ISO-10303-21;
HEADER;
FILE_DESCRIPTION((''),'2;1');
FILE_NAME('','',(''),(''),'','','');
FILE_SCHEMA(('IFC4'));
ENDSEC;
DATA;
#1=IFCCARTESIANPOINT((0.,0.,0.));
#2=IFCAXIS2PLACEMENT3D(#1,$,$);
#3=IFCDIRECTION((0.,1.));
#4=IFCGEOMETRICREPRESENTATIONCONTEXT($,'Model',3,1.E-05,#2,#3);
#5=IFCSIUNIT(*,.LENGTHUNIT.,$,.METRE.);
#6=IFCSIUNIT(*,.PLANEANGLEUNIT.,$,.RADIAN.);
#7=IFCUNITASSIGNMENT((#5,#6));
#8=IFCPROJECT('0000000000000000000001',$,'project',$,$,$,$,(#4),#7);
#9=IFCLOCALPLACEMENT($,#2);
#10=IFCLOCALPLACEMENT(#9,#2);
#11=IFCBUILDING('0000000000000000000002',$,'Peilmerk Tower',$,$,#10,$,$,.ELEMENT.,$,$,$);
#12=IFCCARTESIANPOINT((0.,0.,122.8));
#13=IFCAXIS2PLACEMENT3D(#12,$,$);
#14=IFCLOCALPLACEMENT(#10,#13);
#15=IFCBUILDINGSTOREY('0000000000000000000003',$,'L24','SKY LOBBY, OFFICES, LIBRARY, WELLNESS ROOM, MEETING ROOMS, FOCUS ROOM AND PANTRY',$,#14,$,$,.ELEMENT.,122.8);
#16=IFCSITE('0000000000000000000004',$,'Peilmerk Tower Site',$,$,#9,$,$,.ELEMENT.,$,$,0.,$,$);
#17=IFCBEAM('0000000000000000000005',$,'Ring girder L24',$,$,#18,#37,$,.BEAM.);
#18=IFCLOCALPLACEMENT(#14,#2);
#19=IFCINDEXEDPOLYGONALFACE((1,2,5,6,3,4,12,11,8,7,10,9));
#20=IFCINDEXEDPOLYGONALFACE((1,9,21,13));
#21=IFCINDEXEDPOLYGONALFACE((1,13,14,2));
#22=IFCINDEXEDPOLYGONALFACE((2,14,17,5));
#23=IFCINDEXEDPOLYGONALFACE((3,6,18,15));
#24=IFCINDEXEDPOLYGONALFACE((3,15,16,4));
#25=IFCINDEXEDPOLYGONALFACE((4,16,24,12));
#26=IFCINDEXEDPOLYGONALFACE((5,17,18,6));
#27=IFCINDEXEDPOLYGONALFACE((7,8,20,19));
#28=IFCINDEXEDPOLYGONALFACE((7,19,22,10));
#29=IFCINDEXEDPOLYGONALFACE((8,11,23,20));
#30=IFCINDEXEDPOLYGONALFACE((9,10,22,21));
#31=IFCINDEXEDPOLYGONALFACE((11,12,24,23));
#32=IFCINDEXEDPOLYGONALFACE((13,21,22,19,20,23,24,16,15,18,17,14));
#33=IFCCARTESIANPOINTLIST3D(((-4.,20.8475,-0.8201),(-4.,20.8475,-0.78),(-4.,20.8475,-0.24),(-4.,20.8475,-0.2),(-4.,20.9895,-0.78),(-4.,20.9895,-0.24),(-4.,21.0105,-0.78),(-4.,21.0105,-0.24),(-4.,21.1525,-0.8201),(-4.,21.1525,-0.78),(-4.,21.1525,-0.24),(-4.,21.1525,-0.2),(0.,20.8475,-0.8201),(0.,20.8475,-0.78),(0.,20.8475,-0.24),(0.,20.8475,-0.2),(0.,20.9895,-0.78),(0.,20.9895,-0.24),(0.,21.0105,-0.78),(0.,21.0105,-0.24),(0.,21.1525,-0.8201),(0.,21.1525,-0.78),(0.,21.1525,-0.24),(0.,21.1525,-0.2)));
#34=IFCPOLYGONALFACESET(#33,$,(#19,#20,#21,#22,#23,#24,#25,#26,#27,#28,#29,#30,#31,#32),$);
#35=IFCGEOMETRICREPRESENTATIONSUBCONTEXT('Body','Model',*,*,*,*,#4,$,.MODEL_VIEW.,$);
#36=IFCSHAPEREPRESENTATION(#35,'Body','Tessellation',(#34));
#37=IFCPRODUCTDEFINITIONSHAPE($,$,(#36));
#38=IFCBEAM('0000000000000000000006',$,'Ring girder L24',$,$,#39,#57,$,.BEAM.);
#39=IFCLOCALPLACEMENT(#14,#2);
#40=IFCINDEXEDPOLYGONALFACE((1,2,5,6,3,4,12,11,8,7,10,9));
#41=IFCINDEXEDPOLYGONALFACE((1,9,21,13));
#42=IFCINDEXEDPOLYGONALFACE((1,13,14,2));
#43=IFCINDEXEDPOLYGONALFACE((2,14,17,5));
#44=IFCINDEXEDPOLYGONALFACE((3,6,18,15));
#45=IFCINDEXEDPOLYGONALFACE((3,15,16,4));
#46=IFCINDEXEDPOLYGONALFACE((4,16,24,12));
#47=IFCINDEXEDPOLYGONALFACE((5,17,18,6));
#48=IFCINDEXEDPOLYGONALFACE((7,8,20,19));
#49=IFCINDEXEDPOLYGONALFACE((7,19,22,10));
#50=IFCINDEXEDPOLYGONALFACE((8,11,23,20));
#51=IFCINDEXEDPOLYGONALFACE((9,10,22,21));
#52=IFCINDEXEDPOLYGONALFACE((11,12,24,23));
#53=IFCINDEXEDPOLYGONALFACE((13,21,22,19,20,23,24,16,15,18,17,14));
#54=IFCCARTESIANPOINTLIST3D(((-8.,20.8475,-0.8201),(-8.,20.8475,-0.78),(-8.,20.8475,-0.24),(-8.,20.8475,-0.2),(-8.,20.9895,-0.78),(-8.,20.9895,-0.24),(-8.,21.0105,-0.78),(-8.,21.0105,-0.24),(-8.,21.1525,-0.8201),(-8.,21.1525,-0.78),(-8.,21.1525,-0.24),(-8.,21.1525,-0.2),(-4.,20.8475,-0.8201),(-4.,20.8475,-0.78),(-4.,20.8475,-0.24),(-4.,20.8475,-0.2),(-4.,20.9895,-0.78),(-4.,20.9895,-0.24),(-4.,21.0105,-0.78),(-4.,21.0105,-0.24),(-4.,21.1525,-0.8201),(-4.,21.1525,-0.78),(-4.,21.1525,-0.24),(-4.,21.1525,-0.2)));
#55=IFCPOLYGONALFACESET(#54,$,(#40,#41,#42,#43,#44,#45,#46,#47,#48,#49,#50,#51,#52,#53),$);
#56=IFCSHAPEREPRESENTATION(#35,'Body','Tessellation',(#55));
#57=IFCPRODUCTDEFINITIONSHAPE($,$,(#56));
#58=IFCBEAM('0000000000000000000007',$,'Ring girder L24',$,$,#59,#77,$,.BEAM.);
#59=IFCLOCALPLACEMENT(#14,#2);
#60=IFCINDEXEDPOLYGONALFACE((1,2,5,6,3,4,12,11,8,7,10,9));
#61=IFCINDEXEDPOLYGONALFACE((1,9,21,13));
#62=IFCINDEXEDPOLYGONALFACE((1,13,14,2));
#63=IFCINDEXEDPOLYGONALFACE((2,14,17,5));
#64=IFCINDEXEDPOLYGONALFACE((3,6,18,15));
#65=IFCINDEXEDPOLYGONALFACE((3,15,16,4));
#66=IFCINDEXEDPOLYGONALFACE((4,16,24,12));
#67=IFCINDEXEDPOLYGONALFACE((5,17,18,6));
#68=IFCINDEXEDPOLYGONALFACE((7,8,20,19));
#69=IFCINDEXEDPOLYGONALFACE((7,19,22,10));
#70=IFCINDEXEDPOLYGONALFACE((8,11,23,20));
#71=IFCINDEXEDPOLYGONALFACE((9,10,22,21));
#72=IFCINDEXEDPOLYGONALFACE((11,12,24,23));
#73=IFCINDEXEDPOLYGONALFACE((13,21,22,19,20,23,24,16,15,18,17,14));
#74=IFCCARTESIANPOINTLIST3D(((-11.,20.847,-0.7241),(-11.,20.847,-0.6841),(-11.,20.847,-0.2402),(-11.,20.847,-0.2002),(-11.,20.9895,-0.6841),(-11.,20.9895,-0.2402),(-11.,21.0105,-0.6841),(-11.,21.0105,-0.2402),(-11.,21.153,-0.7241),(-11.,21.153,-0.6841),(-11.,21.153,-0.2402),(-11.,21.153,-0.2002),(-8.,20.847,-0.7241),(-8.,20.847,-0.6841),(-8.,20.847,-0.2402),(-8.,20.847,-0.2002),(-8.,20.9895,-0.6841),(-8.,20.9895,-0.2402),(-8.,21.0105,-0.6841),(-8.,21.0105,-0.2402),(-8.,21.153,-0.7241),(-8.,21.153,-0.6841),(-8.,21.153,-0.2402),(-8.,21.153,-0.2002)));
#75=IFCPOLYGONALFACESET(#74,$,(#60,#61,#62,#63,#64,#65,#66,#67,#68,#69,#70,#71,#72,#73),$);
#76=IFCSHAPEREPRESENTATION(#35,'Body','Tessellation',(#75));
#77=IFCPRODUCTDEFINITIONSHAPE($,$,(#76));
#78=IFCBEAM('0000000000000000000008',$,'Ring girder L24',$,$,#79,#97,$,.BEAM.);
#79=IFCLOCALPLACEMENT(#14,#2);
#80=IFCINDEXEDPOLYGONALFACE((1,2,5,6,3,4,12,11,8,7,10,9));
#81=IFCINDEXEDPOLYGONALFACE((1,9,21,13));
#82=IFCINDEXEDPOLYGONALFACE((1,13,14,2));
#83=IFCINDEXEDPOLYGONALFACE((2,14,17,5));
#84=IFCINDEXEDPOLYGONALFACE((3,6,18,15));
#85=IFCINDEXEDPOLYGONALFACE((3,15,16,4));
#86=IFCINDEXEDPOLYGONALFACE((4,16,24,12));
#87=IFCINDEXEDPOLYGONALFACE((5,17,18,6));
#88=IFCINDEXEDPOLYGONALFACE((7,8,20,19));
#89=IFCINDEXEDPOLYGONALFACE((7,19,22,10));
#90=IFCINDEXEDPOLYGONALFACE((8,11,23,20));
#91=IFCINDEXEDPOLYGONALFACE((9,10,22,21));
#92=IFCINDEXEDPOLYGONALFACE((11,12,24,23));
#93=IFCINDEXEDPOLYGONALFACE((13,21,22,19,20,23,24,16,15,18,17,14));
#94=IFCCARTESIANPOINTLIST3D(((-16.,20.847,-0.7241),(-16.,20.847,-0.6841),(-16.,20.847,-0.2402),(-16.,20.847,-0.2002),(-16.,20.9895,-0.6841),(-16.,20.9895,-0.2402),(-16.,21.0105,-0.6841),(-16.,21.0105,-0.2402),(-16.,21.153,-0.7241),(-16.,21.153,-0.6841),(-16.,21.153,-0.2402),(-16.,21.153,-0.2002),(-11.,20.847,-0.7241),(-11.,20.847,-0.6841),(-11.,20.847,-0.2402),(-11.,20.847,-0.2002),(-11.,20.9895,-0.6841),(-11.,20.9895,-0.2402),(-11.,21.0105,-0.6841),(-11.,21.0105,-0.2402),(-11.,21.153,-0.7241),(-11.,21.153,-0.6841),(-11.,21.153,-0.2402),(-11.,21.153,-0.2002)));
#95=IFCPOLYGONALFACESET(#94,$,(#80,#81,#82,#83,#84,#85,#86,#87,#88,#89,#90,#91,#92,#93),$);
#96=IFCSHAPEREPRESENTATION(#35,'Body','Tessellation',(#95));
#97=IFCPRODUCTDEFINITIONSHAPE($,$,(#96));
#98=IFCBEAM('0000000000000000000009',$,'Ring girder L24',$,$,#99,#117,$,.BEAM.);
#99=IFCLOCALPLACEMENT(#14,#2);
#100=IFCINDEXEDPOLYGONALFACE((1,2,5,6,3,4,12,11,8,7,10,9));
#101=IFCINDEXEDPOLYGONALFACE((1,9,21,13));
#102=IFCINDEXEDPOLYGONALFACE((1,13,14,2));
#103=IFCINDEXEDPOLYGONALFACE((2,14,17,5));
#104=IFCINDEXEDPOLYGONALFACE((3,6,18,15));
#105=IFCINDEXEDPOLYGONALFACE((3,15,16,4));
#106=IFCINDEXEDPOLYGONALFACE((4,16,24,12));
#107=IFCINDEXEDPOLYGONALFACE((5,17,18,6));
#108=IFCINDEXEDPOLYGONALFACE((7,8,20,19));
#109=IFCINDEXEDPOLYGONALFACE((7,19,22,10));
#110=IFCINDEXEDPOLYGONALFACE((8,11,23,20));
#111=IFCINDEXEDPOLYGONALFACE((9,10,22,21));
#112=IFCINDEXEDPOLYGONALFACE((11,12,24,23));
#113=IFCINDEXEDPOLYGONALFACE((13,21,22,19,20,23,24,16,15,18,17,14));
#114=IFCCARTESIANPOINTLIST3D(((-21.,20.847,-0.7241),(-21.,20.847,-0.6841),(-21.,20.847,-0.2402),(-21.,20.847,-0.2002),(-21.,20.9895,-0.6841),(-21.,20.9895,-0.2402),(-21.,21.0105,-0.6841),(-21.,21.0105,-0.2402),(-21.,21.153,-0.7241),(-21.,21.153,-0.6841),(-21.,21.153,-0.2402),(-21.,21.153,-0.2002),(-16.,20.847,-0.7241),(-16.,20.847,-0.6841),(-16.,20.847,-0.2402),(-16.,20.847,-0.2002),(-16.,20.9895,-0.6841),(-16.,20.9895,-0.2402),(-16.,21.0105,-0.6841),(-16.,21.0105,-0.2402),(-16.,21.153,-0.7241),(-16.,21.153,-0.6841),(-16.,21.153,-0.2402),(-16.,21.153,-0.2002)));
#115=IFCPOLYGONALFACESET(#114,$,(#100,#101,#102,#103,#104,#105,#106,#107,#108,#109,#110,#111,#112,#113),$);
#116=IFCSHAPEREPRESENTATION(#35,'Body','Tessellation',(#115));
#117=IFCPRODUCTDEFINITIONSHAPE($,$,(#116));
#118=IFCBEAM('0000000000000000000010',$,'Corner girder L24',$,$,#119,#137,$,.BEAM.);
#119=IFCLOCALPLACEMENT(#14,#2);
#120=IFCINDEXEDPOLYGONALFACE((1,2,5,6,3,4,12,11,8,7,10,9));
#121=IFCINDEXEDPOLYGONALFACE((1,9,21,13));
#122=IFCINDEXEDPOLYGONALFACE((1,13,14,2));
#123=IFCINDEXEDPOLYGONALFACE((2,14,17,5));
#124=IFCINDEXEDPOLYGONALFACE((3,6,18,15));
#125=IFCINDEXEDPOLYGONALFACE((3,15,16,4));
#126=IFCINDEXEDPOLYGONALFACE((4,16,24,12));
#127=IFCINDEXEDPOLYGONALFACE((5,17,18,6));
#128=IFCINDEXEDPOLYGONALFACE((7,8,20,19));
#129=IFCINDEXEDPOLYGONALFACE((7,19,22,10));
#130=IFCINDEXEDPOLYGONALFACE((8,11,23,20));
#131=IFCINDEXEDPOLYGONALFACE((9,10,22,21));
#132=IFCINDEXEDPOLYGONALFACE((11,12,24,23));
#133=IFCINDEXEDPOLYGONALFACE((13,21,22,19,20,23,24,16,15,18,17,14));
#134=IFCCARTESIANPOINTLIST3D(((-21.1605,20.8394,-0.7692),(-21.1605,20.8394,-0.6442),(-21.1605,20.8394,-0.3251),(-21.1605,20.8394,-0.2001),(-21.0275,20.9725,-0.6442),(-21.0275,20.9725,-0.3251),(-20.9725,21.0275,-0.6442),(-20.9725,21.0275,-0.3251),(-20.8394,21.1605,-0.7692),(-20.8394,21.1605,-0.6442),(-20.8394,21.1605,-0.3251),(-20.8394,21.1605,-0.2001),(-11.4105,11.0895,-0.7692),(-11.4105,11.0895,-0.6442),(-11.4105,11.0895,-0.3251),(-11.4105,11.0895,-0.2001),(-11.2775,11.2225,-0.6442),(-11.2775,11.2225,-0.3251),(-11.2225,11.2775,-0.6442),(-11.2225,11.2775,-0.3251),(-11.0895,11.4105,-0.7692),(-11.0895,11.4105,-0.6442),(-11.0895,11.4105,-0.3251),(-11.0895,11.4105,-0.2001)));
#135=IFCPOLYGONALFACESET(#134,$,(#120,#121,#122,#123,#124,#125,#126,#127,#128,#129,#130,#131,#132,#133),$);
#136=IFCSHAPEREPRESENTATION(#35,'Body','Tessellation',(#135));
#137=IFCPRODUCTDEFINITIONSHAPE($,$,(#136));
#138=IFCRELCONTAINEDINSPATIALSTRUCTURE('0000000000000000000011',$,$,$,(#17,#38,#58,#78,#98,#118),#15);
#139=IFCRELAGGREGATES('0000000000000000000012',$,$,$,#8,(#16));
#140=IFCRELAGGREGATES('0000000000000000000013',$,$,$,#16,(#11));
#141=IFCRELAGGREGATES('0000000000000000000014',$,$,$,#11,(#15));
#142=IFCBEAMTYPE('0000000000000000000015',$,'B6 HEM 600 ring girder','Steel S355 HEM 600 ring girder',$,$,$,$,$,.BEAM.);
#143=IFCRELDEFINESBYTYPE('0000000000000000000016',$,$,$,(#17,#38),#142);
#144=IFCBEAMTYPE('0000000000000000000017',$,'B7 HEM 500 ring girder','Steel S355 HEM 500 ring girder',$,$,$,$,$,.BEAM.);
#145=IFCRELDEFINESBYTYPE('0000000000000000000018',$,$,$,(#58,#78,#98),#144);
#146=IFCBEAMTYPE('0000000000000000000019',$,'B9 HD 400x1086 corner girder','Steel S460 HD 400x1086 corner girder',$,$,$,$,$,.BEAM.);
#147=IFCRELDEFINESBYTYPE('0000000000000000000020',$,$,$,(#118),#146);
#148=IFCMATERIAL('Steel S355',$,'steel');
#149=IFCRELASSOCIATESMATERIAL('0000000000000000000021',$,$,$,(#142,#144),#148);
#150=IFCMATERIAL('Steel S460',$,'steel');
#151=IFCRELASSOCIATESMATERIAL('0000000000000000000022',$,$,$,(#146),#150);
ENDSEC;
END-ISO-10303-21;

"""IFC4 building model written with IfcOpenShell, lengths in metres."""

from ifc_helpers import new_model, si_unit, direction, frame, origin, origin_2d, place, context, subcontext, project, spatial, i_section, extrude, material, material_profile, profile_set, type_object, element, save


model = new_model("IFC4")

# Units and contexts
model_context = context("Model", 3, precision=1e-05, world=origin(), true_north=direction((0.0, 1.0)))
body_context = subcontext(model_context, "Body", "Model", "MODEL_VIEW")
ifc_project = project(units=[si_unit("LENGTHUNIT", "METRE"), si_unit("PLANEANGLEUNIT", "RADIAN")], contexts=[model_context])

# Site, building, storey
site_placement = place(None, origin())
site = spatial("IfcSite", under=ifc_project, at=site_placement, Name="Peilmerk Tower Site", CompositionType="ELEMENT", RefElevation=0.0)
building_placement = place(site_placement, origin())
building = spatial("IfcBuilding", under=site, at=building_placement, Name="Peilmerk Tower", CompositionType="ELEMENT")
storey_placement = place(building_placement, frame((0.0, 0.0, 122.8)))
storey = spatial("IfcBuildingStorey", under=building, at=storey_placement, Name="L24", Description="SKY LOBBY, OFFICES, LIBRARY, WELLNESS ROOM, MEETING ROOMS, FOCUS ROOM AND PANTRY", CompositionType="ELEMENT", Elevation=122.8)

# Beams
ifc_material_1 = material(Name="Steel S355", Category="steel")
ifc_material_profile_1 = material_profile(ifc_material_1, i_section(OverallWidth=0.3049, OverallDepth=0.6201, WebThickness=0.021, FlangeThickness=0.04, at=origin_2d()), Name="HEM 600")
ifc_profile_set_1 = profile_set([ifc_material_profile_1], Name="Steel S355")
beam_type_1 = type_object("IfcBeamType", Name="B6 HEM 600 ring girder", Description="Steel S355 HEM 600 ring girder", PredefinedType="BEAM", material=ifc_profile_set_1)
for number, where, z_axis, x_axis, name in (
    (1, (0.0, 21.0, -0.51), (-1.0, 0.0, 0.0), (0.0, -1.0, 0.0), "Ring girder L24"),
    (2, (-4.0, 21.0, -0.51), (-1.0, 0.0, 0.0), (0.0, -1.0, 0.0), "Ring girder L24"),
):
    element("IfcBeam", number, at=place(storey_placement, frame(where, z_axis=z_axis, x_axis=x_axis)), inside=storey, type_object=beam_type_1, Name=name, PredefinedType="BEAM", context=body_context, shape_type="SweptSolid", body=[
        extrude(i_section(OverallWidth=0.3049, OverallDepth=0.6201, WebThickness=0.021, FlangeThickness=0.04, at=origin_2d()), origin(), (0.0, 0.0, 1.0), 4.0),
    ])
ifc_material_profile_2 = material_profile(ifc_material_1, i_section(OverallWidth=0.3059, OverallDepth=0.5239, WebThickness=0.021, FlangeThickness=0.04, at=origin_2d()), Name="HEM 500")
ifc_profile_set_2 = profile_set([ifc_material_profile_2], Name="Steel S355")
beam_type_2 = type_object("IfcBeamType", Name="B7 HEM 500 ring girder", Description="Steel S355 HEM 500 ring girder", PredefinedType="BEAM", material=ifc_profile_set_2)
beam_1_placement = place(storey_placement, frame((-8.0, 21.0, -0.4622), z_axis=(-1.0, 0.0, 0.0), x_axis=(0.0, -1.0, 0.0)))
element("IfcBeam", 3, at=beam_1_placement, inside=storey, type_object=beam_type_2, Name="Ring girder L24", PredefinedType="BEAM", context=body_context, shape_type="SweptSolid", body=[
    extrude(i_section(OverallWidth=0.3059, OverallDepth=0.5239, WebThickness=0.021, FlangeThickness=0.04, at=origin_2d()), origin(), (0.0, 0.0, 1.0), 3.0),
])
for number, where, z_axis, x_axis, name in (
    (4, (-11.0, 21.0, -0.4622), (-1.0, 0.0, 0.0), (0.0, -1.0, 0.0), "Ring girder L24"),
    (5, (-16.0, 21.0, -0.4622), (-1.0, 0.0, 0.0), (0.0, -1.0, 0.0), "Ring girder L24"),
):
    element("IfcBeam", number, at=place(storey_placement, frame(where, z_axis=z_axis, x_axis=x_axis)), inside=storey, type_object=beam_type_2, Name=name, PredefinedType="BEAM", context=body_context, shape_type="SweptSolid", body=[
        extrude(i_section(OverallWidth=0.3059, OverallDepth=0.5239, WebThickness=0.021, FlangeThickness=0.04, at=origin_2d()), origin(), (0.0, 0.0, 1.0), 5.0),
    ])
ifc_material_2 = material(Name="Steel S460", Category="steel")
ifc_material_profile_3 = material_profile(ifc_material_2, i_section(OverallWidth=0.4541, OverallDepth=0.5691, WebThickness=0.0779, FlangeThickness=0.125, at=origin_2d()), Name="HD 400x1086")
ifc_profile_set_3 = profile_set([ifc_material_profile_3], Name="Steel S460")
beam_type_3 = type_object("IfcBeamType", Name="B9 HD 400x1086 corner girder", Description="Steel S460 HD 400x1086 corner girder", PredefinedType="BEAM", material=ifc_profile_set_3)
beam_2_placement = place(storey_placement, frame((-11.25, 11.25, -0.4846), z_axis=(-0.707107, 0.707107, 0.0), x_axis=(-0.707107, -0.707107, 0.0)))
element("IfcBeam", 6, at=beam_2_placement, inside=storey, type_object=beam_type_3, Name="Corner girder L24", PredefinedType="BEAM", context=body_context, shape_type="SweptSolid", body=[
    extrude(i_section(OverallWidth=0.4541, OverallDepth=0.5691, WebThickness=0.0779, FlangeThickness=0.125, at=origin_2d()), origin(), (0.0, 0.0, 1.0), 13.7886),
])

save(model, "model.ifc")
